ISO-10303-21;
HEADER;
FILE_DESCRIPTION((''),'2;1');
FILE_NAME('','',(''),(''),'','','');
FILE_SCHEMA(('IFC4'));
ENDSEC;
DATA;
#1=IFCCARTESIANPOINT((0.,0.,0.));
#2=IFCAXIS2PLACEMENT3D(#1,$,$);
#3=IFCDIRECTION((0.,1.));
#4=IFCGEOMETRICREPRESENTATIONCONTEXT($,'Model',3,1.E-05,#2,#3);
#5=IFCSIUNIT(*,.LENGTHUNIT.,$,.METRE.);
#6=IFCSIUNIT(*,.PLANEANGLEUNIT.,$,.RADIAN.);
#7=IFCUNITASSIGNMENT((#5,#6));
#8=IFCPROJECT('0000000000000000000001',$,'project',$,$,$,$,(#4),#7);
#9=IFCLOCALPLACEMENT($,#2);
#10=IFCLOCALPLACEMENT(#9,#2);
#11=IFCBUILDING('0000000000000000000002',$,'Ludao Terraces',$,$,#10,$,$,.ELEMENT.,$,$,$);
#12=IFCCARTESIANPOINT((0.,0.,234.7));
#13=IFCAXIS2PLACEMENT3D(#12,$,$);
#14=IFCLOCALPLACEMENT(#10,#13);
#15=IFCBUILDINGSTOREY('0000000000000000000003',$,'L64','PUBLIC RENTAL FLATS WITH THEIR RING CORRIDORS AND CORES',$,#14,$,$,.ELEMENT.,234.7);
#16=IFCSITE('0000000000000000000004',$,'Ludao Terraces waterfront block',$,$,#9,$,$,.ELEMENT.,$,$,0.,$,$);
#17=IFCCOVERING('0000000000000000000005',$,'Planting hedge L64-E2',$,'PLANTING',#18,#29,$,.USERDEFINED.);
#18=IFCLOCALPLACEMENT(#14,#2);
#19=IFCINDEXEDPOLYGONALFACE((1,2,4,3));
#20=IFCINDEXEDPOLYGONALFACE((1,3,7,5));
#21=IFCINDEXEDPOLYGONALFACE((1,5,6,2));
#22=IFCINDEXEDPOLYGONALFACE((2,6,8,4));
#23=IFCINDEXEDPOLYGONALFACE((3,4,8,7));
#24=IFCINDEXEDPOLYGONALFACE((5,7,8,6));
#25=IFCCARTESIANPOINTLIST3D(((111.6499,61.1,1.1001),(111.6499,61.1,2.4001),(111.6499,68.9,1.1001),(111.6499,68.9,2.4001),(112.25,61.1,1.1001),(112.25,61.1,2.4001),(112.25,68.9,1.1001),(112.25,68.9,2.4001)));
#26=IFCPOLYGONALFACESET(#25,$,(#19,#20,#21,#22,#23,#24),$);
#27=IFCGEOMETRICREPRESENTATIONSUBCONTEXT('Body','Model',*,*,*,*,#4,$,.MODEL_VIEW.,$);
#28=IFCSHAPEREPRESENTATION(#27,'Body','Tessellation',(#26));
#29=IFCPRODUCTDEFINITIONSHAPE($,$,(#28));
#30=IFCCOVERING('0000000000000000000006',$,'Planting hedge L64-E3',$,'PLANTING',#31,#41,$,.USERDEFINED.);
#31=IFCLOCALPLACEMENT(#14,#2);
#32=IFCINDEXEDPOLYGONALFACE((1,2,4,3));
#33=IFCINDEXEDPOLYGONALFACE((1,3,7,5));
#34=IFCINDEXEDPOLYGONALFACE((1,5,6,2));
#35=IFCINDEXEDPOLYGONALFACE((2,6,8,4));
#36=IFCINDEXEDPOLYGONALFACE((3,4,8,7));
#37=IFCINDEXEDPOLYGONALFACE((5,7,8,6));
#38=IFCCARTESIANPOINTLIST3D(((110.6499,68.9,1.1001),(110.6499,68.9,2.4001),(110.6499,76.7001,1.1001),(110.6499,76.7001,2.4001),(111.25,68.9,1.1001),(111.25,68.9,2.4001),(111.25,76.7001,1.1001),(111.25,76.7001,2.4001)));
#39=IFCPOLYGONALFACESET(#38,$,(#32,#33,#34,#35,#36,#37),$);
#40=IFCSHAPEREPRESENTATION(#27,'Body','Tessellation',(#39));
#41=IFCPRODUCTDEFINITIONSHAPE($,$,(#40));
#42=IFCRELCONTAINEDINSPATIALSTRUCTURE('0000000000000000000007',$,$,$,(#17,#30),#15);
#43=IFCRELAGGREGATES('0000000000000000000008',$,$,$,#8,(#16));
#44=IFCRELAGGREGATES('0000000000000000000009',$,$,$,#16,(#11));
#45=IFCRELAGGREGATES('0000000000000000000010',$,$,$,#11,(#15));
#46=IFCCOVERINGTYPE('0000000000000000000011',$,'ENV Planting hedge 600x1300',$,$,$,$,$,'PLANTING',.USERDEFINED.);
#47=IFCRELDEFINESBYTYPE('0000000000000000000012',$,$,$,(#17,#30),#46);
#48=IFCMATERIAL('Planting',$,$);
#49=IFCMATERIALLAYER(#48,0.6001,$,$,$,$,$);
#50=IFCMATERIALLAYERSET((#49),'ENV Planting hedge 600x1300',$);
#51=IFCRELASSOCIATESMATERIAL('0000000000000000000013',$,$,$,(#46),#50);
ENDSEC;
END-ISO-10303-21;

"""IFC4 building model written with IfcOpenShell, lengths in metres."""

from ifc_helpers import new_model, si_unit, direction, frame, origin, origin_2d, place, context, subcontext, project, spatial, rectangle, extrude, material, layer, layer_set, type_object, element, save


model = new_model("IFC4")

# Units and contexts
model_context = context("Model", 3, precision=1e-05, world=origin(), true_north=direction((0.0, 1.0)))
body_context = subcontext(model_context, "Body", "Model", "MODEL_VIEW")
ifc_project = project(units=[si_unit("LENGTHUNIT", "METRE"), si_unit("PLANEANGLEUNIT", "RADIAN")], contexts=[model_context])

# Site, building, storey
site_placement = place(None, origin())
site = spatial("IfcSite", under=ifc_project, at=site_placement, Name="Ludao Terraces waterfront block", CompositionType="ELEMENT", RefElevation=0.0)
building_placement = place(site_placement, origin())
building = spatial("IfcBuilding", under=site, at=building_placement, Name="Ludao Terraces", CompositionType="ELEMENT")
storey_placement = place(building_placement, frame((0.0, 0.0, 234.7)))
storey = spatial("IfcBuildingStorey", under=building, at=storey_placement, Name="L64", Description="PUBLIC RENTAL FLATS WITH THEIR RING CORRIDORS AND CORES", CompositionType="ELEMENT", Elevation=234.7)

# Coverings
ifc_material_1 = material(Name="Planting")
ifc_layer_1 = layer(ifc_material_1, 0.6001)
ifc_layer_set_1 = layer_set([ifc_layer_1], Name="ENV Planting hedge 600x1300")
covering_type = type_object("IfcCoveringType", Name="ENV Planting hedge 600x1300", ElementType="PLANTING", PredefinedType="USERDEFINED", material=ifc_layer_set_1)
for number, where, z_axis, x_axis, name in (
    (1, (111.95, 65.0, 1.1001), (0.0, 0.0, 1.0), (1.0, 0.0, 0.0), "Planting hedge L64-E2"),
    (2, (110.95, 72.8, 1.1001), (0.0, 0.0, 1.0), (1.0, 0.0, 0.0), "Planting hedge L64-E3"),
):
    element("IfcCovering", number, at=place(storey_placement, frame(where, z_axis=z_axis, x_axis=x_axis)), inside=storey, type_object=covering_type, Name=name, ObjectType="PLANTING", PredefinedType="USERDEFINED", context=body_context, shape_type="SweptSolid", body=[
        extrude(rectangle(XDim=0.6001, YDim=7.8, at=origin_2d()), origin(), (0.0, 0.0, 1.0), 1.3),
    ])

save(model, "model.ifc")
